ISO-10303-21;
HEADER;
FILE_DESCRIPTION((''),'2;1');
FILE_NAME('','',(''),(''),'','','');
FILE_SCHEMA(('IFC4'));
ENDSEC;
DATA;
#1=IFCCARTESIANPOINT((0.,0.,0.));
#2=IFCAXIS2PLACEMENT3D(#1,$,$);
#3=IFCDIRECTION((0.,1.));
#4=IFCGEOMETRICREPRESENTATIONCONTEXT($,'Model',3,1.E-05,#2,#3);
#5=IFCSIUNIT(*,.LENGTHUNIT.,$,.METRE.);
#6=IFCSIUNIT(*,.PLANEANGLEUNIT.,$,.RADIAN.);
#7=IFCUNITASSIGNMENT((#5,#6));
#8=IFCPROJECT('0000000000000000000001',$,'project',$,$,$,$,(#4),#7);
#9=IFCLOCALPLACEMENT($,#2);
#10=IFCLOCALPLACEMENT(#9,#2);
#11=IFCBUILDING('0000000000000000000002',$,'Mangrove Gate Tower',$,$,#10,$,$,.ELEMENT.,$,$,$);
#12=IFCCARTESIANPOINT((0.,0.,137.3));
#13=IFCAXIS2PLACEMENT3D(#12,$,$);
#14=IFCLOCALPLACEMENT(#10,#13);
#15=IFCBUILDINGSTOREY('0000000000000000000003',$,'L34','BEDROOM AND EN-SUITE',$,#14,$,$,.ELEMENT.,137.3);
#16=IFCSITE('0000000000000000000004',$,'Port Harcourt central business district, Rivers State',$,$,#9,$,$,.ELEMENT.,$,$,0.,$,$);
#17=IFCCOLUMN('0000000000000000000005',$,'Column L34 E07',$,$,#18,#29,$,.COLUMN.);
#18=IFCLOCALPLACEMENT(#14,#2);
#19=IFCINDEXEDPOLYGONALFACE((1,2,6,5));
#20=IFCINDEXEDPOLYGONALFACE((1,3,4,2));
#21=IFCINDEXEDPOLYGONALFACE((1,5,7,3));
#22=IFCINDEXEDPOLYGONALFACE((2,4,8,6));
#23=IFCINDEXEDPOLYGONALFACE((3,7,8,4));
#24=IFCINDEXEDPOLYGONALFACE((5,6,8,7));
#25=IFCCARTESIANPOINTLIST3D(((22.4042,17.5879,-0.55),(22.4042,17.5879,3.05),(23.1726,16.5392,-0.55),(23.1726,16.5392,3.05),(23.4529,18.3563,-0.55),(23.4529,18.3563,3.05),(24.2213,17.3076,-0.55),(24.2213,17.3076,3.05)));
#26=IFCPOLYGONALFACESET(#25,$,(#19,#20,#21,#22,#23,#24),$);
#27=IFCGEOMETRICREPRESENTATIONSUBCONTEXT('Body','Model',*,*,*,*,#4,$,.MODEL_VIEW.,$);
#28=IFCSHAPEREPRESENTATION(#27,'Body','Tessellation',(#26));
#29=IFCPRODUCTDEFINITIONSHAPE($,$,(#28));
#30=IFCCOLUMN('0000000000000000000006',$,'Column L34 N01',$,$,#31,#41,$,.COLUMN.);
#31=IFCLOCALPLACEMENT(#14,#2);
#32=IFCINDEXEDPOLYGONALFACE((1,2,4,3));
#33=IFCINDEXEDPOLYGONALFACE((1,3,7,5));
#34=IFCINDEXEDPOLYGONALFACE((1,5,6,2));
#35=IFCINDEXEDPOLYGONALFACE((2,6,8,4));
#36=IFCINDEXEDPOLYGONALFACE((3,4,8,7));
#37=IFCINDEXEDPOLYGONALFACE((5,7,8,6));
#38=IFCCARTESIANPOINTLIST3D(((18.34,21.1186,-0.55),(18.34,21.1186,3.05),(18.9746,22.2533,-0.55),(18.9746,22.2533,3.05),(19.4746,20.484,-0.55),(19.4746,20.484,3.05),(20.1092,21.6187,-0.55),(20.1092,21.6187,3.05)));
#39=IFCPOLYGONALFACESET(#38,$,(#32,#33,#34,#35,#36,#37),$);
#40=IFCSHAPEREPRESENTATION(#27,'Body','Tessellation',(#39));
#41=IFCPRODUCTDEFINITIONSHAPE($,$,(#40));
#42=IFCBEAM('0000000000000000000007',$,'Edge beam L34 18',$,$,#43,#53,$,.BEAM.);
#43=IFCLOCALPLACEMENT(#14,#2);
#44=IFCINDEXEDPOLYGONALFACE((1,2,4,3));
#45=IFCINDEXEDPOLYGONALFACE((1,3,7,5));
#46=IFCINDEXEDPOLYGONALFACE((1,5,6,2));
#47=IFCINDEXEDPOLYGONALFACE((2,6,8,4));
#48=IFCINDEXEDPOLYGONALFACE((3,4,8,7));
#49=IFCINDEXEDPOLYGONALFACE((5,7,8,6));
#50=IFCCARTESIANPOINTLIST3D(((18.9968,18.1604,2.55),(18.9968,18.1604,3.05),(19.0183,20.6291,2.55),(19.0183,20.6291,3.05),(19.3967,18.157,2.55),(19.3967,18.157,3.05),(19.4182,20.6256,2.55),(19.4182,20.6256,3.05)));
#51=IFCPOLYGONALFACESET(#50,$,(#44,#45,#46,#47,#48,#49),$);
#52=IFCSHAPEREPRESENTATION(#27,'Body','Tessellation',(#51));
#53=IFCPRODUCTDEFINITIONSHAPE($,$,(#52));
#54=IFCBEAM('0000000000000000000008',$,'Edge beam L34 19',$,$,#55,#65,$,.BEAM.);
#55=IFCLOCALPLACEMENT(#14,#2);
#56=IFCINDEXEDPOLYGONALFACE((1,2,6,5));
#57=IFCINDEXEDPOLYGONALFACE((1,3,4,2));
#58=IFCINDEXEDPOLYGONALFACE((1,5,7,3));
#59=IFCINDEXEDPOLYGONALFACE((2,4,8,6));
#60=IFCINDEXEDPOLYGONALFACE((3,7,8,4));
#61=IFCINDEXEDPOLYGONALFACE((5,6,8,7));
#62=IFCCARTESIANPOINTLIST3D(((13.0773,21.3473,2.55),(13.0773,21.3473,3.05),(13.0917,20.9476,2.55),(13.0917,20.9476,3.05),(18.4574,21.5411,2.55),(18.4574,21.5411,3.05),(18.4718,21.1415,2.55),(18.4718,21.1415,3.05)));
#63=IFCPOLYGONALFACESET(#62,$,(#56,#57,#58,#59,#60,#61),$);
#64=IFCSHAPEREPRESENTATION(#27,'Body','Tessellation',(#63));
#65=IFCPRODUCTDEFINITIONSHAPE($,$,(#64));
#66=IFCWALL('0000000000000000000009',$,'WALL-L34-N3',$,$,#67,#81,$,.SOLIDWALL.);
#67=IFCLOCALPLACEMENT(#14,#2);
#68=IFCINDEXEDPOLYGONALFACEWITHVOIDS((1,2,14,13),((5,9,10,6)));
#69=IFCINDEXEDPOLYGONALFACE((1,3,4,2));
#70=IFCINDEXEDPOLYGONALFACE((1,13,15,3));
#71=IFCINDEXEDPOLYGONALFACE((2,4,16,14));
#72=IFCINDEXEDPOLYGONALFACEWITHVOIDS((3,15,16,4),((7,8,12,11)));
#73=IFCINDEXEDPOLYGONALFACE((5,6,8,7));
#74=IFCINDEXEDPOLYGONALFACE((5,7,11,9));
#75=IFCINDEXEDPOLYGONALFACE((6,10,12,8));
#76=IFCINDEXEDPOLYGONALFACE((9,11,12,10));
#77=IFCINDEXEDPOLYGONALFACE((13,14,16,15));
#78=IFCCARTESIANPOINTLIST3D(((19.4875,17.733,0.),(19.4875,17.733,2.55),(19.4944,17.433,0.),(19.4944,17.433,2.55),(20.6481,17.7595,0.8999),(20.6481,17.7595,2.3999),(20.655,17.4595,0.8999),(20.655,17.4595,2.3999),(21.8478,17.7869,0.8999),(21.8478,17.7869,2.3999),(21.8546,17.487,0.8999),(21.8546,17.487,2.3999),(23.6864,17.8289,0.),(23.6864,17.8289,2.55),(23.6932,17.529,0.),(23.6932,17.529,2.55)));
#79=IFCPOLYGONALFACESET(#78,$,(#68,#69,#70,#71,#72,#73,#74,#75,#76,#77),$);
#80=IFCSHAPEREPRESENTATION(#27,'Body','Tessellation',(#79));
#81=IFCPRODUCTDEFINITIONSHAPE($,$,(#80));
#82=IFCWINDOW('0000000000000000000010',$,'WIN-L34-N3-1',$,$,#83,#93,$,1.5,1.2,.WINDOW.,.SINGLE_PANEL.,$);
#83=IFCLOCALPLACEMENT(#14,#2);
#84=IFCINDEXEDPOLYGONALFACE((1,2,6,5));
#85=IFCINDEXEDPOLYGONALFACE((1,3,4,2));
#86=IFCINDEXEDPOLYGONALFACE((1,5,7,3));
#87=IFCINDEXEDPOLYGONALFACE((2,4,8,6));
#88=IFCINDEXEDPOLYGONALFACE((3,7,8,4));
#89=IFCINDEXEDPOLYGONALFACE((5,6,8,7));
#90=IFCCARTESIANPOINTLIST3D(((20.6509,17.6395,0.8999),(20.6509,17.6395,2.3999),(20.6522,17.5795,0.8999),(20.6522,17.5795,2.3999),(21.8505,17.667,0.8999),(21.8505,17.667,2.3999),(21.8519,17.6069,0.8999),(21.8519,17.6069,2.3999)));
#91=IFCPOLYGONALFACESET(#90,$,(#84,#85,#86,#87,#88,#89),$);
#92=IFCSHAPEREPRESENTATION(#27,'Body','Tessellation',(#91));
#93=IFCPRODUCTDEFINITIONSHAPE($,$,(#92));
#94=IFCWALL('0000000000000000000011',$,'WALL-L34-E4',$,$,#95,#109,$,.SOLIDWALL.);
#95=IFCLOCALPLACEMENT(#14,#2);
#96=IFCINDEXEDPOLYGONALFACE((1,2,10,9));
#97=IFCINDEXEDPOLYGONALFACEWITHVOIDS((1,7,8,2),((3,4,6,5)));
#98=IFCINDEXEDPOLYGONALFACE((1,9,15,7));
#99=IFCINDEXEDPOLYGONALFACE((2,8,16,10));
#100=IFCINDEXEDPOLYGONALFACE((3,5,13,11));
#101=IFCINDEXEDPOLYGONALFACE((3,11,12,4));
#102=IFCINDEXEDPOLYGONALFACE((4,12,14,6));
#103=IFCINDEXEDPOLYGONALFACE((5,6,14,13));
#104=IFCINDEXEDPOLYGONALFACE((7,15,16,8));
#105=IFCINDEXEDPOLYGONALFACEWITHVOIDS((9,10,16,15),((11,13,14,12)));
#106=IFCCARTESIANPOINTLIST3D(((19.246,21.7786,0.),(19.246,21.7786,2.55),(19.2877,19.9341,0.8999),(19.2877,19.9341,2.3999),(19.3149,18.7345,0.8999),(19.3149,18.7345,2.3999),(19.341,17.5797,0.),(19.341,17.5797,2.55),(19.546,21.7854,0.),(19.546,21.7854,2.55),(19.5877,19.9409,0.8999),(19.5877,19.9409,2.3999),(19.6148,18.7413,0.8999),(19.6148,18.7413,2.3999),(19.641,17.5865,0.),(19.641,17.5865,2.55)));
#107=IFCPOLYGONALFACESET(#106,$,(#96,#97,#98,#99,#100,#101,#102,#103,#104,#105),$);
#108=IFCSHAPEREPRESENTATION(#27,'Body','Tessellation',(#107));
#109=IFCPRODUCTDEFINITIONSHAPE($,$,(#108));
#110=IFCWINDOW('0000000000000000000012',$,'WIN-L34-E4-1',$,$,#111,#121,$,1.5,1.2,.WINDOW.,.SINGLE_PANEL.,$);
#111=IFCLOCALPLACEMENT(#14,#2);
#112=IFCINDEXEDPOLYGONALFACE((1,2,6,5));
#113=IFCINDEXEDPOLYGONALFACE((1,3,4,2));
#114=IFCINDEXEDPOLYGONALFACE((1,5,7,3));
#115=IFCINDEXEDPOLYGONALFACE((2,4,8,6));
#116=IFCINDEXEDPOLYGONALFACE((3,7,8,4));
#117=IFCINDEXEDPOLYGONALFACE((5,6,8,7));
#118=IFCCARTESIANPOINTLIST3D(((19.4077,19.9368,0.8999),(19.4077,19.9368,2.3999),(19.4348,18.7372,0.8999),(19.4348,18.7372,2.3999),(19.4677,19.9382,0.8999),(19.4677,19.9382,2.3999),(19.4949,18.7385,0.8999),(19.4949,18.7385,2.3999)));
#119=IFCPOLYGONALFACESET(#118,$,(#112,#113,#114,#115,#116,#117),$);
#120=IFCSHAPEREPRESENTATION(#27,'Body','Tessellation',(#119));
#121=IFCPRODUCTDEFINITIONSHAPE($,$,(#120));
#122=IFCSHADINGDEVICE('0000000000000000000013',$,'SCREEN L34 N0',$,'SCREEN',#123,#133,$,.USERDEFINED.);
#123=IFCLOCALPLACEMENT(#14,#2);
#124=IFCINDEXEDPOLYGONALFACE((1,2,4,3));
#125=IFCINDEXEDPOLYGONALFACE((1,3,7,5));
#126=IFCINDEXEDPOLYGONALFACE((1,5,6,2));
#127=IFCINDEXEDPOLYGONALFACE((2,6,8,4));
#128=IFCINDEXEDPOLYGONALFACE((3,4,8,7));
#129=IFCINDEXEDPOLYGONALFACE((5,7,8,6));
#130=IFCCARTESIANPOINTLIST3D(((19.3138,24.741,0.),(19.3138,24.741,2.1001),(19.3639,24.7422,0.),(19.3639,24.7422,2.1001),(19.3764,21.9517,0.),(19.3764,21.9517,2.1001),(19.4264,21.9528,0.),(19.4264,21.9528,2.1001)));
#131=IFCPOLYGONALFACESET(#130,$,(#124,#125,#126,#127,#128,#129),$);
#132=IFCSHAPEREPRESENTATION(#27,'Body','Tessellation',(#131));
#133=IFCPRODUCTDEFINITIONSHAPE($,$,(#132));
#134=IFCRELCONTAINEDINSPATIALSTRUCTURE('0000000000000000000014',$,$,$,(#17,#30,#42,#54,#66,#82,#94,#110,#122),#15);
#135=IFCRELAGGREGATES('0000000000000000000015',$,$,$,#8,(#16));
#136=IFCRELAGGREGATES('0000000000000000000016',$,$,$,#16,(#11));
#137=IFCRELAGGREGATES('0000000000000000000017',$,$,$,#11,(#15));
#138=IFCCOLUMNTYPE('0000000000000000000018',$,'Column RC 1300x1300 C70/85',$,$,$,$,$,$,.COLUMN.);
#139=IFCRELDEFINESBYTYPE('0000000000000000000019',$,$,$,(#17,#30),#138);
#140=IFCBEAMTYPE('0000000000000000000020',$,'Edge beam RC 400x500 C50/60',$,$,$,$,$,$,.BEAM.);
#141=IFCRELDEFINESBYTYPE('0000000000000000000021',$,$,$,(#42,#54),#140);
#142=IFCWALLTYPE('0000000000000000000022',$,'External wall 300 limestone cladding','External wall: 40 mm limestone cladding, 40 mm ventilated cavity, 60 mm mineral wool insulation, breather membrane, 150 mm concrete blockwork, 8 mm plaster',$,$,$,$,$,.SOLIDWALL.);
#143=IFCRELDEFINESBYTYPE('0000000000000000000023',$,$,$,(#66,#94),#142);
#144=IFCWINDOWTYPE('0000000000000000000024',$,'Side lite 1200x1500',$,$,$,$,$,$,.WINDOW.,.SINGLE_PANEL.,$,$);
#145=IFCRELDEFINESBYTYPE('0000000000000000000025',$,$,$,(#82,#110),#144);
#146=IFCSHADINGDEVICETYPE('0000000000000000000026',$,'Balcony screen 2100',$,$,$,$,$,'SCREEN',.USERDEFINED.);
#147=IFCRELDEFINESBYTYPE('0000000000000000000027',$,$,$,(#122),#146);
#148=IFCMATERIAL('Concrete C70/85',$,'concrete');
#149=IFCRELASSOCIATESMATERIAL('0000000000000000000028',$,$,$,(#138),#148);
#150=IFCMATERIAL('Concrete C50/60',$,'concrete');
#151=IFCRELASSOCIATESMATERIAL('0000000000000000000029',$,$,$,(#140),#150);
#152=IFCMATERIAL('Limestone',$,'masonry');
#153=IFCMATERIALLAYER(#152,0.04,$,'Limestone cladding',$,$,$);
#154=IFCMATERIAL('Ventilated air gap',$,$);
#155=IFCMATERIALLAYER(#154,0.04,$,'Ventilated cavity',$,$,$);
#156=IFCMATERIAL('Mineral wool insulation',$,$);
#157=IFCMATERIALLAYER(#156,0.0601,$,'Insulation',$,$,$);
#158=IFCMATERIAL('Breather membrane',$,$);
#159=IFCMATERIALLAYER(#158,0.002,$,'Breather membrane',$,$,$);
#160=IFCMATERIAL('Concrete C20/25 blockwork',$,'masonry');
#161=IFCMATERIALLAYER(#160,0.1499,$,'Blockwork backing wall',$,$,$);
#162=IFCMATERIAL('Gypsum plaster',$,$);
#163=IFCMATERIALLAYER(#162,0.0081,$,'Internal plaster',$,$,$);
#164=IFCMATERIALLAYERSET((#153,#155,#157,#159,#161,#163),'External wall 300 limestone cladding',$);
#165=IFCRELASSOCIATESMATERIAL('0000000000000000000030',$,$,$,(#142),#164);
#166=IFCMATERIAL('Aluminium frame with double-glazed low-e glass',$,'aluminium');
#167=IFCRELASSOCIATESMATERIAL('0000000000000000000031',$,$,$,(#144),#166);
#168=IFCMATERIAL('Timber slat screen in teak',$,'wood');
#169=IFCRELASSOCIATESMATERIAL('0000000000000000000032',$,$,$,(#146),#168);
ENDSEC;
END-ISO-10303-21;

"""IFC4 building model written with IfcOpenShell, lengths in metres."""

from ifc_helpers import new_model, si_unit, direction, frame, frame_2d, origin, origin_2d, place, context, subcontext, project, spatial, rectangle, extrude, material, layer, layer_set, material_profile, profile_set, type_object, element, fill, save


model = new_model("IFC4")

# Units and contexts
model_context = context("Model", 3, precision=1e-05, world=origin(), true_north=direction((0.0, 1.0)))
body_context = subcontext(model_context, "Body", "Model", "MODEL_VIEW")
ifc_project = project(units=[si_unit("LENGTHUNIT", "METRE"), si_unit("PLANEANGLEUNIT", "RADIAN")], contexts=[model_context])

# Site, building, storey
site_placement = place(None, origin())
site = spatial("IfcSite", under=ifc_project, at=site_placement, Name="Port Harcourt central business district, Rivers State", CompositionType="ELEMENT", RefElevation=0.0)
building_placement = place(site_placement, origin())
building = spatial("IfcBuilding", under=site, at=building_placement, Name="Mangrove Gate Tower", CompositionType="ELEMENT")
storey_placement = place(building_placement, frame((0.0, 0.0, 137.3)))
storey = spatial("IfcBuildingStorey", under=building, at=storey_placement, Name="L34", Description="BEDROOM AND EN-SUITE", CompositionType="ELEMENT", Elevation=137.3)

# Columns
ifc_material_1 = material(Name="Concrete C70/85", Category="concrete")
ifc_material_profile_1 = material_profile(ifc_material_1, rectangle(XDim=1.3, YDim=1.3, at=origin_2d()))
ifc_profile_set_1 = profile_set([ifc_material_profile_1], Name="Concrete C70/85")
column_type = type_object("IfcColumnType", Name="Column RC 1300x1300 C70/85", PredefinedType="COLUMN", material=ifc_profile_set_1)
for number, where, z_axis, x_axis, name in (
    (1, (23.3127, 17.4478, -0.55), (0.0, 0.0, 1.0), (-0.591062, 0.806626, 0.0), "Column L34 E07"),
    (2, (19.2246, 21.3687, -0.55), (0.0, 0.0, 1.0), (-0.872768, 0.488136, 0.0), "Column L34 N01"),
):
    element("IfcColumn", number, at=place(storey_placement, frame(where, z_axis=z_axis, x_axis=x_axis)), inside=storey, type_object=column_type, Name=name, PredefinedType="COLUMN", context=body_context, shape_type="SweptSolid", body=[
        extrude(rectangle(XDim=1.3, YDim=1.3, at=origin_2d()), origin(), (0.0, 0.0, 1.0), 3.6001),
    ])

# Beams
ifc_material_2 = material(Name="Concrete C50/60", Category="concrete")
ifc_material_profile_2 = material_profile(ifc_material_2, rectangle(XDim=0.3999, YDim=0.5, at=origin_2d()))
ifc_profile_set_2 = profile_set([ifc_material_profile_2], Name="Concrete C50/60")
beam_type = type_object("IfcBeamType", Name="Edge beam RC 400x500 C50/60", PredefinedType="BEAM", material=ifc_profile_set_2)
beam_1_placement = place(storey_placement, frame((19.1968, 18.1587, 2.8), z_axis=(0.008702, 0.999962, 0.0), x_axis=(-0.999962, 0.008702, 0.0)))
element("IfcBeam", 3, at=beam_1_placement, inside=storey, type_object=beam_type, Name="Edge beam L34 18", PredefinedType="BEAM", context=body_context, shape_type="SweptSolid", body=[
    extrude(rectangle(XDim=0.3999, YDim=0.5, at=origin_2d()), origin(), (0.0, 0.0, 1.0), 2.4688),
])
beam_2_placement = place(storey_placement, frame((18.4646, 21.3413, 2.8), z_axis=(-0.999352, -0.036007, 0.0), x_axis=(0.036007, -0.999352, 0.0)))
element("IfcBeam", 4, at=beam_2_placement, inside=storey, type_object=beam_type, Name="Edge beam L34 19", PredefinedType="BEAM", context=body_context, shape_type="SweptSolid", body=[
    extrude(rectangle(XDim=0.3999, YDim=0.5, at=origin_2d()), origin(), (0.0, 0.0, 1.0), 5.3835),
])

# Walls, openings, windows
ifc_material_3 = material(Name="Limestone", Category="masonry")
ifc_layer_1 = layer(ifc_material_3, 0.04, Name="Limestone cladding")
ifc_material_4 = material(Name="Ventilated air gap")
ifc_layer_2 = layer(ifc_material_4, 0.04, Name="Ventilated cavity")
ifc_material_5 = material(Name="Mineral wool insulation")
ifc_layer_3 = layer(ifc_material_5, 0.0601, Name="Insulation")
ifc_material_6 = material(Name="Breather membrane")
ifc_layer_4 = layer(ifc_material_6, 0.002, Name="Breather membrane")
ifc_material_7 = material(Name="Concrete C20/25 blockwork", Category="masonry")
ifc_layer_5 = layer(ifc_material_7, 0.1499, Name="Blockwork backing wall")
ifc_material_8 = material(Name="Gypsum plaster")
ifc_layer_6 = layer(ifc_material_8, 0.0081, Name="Internal plaster")
ifc_layer_set = layer_set([ifc_layer_1, ifc_layer_2, ifc_layer_3, ifc_layer_4, ifc_layer_5, ifc_layer_6], Name="External wall 300 limestone cladding")
wall_type = type_object("IfcWallType", Name="External wall 300 limestone cladding", Description="External wall: 40 mm limestone cladding, 40 mm ventilated cavity, 60 mm mineral wool insulation, breather membrane, 150 mm concrete blockwork, 8 mm plaster", PredefinedType="SOLIDWALL", material=ifc_layer_set)
wall_1_placement = place(storey_placement, frame((23.6899, 17.679, 0.0), z_axis=(0.0, 0.0, 1.0), x_axis=(-0.999739, -0.022844, 0.0)))
wall_1 = element("IfcWall", 5, at=wall_1_placement, inside=storey, type_object=wall_type, Name="WALL-L34-N3", PredefinedType="SOLIDWALL", context=body_context, shape_type="SweptSolid", body=[
    extrude(rectangle(XDim=4.2, YDim=0.3, at=frame_2d((2.1001, 0.0))), origin(), (0.0, 0.0, 1.0), 2.55),
])
opening_1_placement = place(wall_1_placement, frame((1.8391, 0.0, 0.8999)))
opening_1 = element("IfcOpeningElement", 6, at=opening_1_placement, cuts=wall_1, PredefinedType="OPENING", context=body_context, shape_type="SweptSolid", body=[
    extrude(rectangle(XDim=1.2, YDim=1.5, at=frame_2d((0.6001, 0.75))), frame((0.0, 0.1599, 0.0), z_axis=(0.0, -1.0, 0.0), x_axis=(1.0, 0.0, 0.0)), (0.0, 0.0, 1.0), 0.3201),
])
ifc_material_9 = material(Name="Aluminium frame with double-glazed low-e glass", Category="aluminium")
window_type_1 = type_object("IfcWindowType", Name="Side lite 1200x1500", PartitioningType="SINGLE_PANEL", PredefinedType="WINDOW", material=ifc_material_9)
window_1_placement = place(opening_1_placement, origin())
window_1 = element("IfcWindow", 7, at=window_1_placement, inside=storey, type_object=window_type_1, Name="WIN-L34-N3-1", OverallHeight=1.5, OverallWidth=1.2, PartitioningType="SINGLE_PANEL", PredefinedType="WINDOW", context=body_context, shape_type="SweptSolid", body=[
    extrude(rectangle(XDim=1.2, YDim=1.5, at=frame_2d((0.6001, 0.75))), frame((0.0, 0.03, 0.0), z_axis=(0.0, -1.0, 0.0), x_axis=(1.0, 0.0, 0.0)), (0.0, 0.0, 1.0), 0.0601),
])
fill(opening_1, window_1)
wall_2_placement = place(storey_placement, frame((19.491, 17.583, 0.0), z_axis=(0.0, 0.0, 1.0), x_axis=(-0.022612, 0.999744, 0.0)))
wall_2 = element("IfcWall", 8, at=wall_2_placement, inside=storey, type_object=wall_type, Name="WALL-L34-E4", PredefinedType="SOLIDWALL", context=body_context, shape_type="SweptSolid", body=[
    extrude(rectangle(XDim=4.2, YDim=0.3, at=frame_2d((2.1001, 0.0))), origin(), (0.0, 0.0, 1.0), 2.55),
])
opening_2_placement = place(wall_2_placement, frame((1.155, 0.0, 0.8999)))
opening_2 = element("IfcOpeningElement", 9, at=opening_2_placement, cuts=wall_2, PredefinedType="OPENING", context=body_context, shape_type="SweptSolid", body=[
    extrude(rectangle(XDim=1.2, YDim=1.5, at=frame_2d((0.6001, 0.75))), frame((0.0, 0.1599, 0.0), z_axis=(0.0, -1.0, 0.0), x_axis=(1.0, 0.0, 0.0)), (0.0, 0.0, 1.0), 0.3201),
])
window_2_placement = place(opening_2_placement, origin())
window_2 = element("IfcWindow", 10, at=window_2_placement, inside=storey, type_object=window_type_1, Name="WIN-L34-E4-1", OverallHeight=1.5, OverallWidth=1.2, PartitioningType="SINGLE_PANEL", PredefinedType="WINDOW", context=body_context, shape_type="SweptSolid", body=[
    extrude(rectangle(XDim=1.2, YDim=1.5, at=frame_2d((0.6001, 0.75))), frame((0.0, 0.03, 0.0), z_axis=(0.0, -1.0, 0.0), x_axis=(1.0, 0.0, 0.0)), (0.0, 0.0, 1.0), 0.0601),
])
fill(opening_2, window_2)

# Shading device
ifc_material_10 = material(Name="Timber slat screen in teak", Category="wood")
shading_device_type = type_object("IfcShadingDeviceType", Name="Balcony screen 2100", ElementType="SCREEN", PredefinedType="USERDEFINED", material=ifc_material_10)
shading_device_placement = place(storey_placement, frame((19.3701, 23.3469, 0.0), z_axis=(0.0, 0.0, 1.0), x_axis=(-0.022408, 0.999749, 0.0)))
element("IfcShadingDevice", 11, at=shading_device_placement, inside=storey, type_object=shading_device_type, Name="SCREEN L34 N0", ObjectType="SCREEN", PredefinedType="USERDEFINED", context=body_context, shape_type="SweptSolid", body=[
    extrude(rectangle(XDim=2.79, YDim=0.05, at=origin_2d()), origin(), (0.0, 0.0, 1.0), 2.1001),
])

save(model, "model.ifc")
